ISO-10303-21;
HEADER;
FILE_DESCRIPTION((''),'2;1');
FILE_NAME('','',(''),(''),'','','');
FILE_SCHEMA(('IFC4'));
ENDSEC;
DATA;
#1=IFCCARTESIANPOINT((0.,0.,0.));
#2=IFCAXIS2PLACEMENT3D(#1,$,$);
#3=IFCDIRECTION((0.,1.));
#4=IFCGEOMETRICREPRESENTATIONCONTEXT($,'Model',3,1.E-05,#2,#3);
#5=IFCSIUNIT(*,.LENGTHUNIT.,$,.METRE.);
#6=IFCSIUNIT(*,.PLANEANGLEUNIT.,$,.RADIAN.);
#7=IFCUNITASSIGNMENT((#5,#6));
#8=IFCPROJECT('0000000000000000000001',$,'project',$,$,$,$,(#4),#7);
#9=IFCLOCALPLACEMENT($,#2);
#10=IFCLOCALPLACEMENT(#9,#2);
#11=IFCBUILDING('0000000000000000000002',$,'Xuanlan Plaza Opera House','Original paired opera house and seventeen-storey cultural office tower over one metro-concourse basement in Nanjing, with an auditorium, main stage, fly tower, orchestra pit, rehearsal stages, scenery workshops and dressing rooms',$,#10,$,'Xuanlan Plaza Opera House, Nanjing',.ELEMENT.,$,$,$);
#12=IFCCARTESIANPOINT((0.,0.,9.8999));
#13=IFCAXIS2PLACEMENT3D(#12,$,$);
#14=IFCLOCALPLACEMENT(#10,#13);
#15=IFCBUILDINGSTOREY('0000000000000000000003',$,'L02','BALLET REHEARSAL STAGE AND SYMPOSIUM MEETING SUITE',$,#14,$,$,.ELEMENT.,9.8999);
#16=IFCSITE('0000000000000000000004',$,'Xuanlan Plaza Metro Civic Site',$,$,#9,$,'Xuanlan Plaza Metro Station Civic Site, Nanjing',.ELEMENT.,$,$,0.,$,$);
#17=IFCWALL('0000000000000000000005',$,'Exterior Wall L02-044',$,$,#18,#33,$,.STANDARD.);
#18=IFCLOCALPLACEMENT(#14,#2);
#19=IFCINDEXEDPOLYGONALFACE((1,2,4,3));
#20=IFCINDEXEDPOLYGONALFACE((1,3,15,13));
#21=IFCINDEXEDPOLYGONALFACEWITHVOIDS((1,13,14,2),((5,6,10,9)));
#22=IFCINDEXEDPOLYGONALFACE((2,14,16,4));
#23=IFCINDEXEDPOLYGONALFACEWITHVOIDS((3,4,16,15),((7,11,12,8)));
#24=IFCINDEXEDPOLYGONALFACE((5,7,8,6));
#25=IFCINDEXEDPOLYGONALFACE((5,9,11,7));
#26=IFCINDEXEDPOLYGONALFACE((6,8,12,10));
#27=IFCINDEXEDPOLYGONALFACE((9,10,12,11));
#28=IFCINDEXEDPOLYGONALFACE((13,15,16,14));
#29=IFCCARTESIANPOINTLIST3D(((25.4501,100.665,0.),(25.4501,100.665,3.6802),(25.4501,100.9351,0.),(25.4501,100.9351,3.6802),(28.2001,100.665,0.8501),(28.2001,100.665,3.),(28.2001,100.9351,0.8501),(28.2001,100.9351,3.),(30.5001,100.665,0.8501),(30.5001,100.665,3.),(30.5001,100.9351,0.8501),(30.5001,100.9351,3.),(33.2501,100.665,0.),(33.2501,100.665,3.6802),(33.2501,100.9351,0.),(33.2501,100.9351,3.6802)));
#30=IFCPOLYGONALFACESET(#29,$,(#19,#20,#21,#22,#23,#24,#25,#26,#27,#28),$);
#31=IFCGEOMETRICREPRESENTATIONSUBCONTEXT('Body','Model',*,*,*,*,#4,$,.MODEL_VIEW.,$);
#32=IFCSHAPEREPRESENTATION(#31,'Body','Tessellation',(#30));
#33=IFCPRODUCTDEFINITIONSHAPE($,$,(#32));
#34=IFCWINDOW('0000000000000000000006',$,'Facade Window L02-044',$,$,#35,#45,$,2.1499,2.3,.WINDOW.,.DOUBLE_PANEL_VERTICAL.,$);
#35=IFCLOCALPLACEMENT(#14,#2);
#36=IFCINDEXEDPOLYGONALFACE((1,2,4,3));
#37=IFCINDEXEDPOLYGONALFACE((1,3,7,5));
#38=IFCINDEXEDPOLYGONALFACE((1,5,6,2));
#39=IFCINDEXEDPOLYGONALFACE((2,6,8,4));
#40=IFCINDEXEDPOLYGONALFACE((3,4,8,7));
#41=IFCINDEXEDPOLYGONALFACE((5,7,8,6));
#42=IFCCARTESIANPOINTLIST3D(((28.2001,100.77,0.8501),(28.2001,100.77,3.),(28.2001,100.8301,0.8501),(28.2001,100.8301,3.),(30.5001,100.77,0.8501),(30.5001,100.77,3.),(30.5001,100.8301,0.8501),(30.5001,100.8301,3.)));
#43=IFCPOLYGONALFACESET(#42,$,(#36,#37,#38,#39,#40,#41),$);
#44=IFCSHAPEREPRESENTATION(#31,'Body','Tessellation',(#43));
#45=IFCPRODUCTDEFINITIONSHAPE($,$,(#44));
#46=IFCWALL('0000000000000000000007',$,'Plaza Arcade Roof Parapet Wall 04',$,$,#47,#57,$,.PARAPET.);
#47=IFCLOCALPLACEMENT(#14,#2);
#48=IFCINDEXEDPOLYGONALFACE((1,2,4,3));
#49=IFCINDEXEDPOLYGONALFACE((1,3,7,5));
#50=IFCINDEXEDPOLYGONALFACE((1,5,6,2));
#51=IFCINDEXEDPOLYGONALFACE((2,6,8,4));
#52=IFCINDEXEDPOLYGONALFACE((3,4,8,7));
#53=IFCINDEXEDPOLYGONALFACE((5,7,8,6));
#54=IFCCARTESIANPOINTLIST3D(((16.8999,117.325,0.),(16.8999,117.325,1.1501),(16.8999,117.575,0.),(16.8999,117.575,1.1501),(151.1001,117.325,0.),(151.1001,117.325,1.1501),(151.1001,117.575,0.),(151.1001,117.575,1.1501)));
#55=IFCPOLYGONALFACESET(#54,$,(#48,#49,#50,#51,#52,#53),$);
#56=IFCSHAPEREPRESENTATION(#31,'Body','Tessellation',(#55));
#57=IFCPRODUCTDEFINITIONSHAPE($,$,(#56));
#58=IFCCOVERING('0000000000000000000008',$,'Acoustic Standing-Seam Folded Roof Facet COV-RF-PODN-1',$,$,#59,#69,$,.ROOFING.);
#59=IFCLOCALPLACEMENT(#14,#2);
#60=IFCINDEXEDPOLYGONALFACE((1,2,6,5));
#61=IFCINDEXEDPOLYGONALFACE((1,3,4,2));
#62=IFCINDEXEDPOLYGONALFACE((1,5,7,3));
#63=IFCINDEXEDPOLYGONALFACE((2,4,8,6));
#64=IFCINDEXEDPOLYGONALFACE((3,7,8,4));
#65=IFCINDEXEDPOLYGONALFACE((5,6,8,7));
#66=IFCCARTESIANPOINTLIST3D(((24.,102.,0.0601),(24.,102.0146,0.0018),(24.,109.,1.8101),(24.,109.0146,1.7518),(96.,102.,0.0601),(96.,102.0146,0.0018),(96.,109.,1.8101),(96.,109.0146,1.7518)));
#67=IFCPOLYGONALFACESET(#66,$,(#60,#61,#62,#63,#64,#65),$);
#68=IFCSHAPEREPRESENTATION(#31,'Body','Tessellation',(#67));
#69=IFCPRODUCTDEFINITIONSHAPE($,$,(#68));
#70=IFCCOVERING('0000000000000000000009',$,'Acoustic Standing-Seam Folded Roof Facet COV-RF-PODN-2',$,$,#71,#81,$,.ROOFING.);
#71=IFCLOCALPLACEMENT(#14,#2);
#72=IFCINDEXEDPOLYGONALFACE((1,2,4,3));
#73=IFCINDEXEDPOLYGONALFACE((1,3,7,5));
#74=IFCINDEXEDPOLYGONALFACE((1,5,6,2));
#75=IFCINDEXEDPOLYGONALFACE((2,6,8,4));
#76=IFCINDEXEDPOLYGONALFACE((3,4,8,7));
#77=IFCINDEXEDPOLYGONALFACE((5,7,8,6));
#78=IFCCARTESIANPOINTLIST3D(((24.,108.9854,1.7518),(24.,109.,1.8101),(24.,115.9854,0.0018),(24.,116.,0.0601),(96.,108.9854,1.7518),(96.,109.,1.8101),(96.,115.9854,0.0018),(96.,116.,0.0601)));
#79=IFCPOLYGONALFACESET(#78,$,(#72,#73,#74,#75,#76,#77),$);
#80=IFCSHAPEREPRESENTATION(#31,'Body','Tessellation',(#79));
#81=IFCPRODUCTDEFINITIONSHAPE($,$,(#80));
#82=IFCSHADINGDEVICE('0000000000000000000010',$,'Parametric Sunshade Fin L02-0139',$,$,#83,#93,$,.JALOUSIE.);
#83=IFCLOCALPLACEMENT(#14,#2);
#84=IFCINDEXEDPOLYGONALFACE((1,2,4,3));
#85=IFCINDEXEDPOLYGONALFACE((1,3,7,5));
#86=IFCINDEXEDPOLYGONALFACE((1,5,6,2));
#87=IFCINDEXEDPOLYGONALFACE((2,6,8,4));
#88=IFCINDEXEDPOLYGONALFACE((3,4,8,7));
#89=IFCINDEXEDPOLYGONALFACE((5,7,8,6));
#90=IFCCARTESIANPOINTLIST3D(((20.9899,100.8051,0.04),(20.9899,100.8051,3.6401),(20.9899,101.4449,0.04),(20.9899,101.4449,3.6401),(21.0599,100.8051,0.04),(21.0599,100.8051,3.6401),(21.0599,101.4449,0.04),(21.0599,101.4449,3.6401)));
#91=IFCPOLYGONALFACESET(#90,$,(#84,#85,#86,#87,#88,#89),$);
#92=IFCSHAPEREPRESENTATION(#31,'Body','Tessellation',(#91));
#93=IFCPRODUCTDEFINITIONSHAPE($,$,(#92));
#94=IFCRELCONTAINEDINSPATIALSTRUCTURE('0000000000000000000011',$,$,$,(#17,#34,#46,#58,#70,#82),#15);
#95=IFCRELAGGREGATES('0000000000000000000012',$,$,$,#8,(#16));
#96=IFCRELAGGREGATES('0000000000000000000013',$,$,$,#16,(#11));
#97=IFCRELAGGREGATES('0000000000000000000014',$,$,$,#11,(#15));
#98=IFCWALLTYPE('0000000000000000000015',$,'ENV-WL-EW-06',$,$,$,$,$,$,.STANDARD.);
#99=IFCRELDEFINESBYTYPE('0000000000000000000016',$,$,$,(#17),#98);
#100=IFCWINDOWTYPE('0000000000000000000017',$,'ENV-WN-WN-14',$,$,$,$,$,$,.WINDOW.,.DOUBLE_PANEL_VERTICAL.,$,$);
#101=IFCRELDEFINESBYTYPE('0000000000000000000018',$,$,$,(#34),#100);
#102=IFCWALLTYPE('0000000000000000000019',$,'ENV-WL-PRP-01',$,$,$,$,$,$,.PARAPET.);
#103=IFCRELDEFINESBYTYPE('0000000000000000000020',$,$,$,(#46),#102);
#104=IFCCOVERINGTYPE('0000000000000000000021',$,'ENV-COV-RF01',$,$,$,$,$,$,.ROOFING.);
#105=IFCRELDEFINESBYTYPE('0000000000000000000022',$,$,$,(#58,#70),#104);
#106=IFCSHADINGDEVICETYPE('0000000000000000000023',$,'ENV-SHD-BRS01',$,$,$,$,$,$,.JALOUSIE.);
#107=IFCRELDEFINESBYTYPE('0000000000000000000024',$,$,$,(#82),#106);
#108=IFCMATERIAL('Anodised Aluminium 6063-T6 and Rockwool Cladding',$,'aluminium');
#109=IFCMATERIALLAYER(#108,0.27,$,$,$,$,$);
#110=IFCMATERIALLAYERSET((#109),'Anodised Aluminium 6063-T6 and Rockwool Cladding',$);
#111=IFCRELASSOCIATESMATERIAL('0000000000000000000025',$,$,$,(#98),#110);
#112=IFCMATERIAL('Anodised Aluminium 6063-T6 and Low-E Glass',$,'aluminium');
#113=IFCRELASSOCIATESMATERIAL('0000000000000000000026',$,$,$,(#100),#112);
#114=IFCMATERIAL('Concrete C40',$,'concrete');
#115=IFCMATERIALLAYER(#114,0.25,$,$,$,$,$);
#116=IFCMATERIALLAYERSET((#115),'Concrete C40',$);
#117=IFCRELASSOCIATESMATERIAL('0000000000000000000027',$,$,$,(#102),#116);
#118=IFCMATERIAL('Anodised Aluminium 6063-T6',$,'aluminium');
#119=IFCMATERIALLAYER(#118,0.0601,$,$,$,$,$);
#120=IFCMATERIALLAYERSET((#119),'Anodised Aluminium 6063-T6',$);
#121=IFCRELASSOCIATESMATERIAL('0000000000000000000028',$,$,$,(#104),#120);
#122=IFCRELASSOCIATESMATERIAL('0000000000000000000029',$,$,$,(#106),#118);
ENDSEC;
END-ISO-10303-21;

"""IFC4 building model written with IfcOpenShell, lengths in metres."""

from ifc_helpers import new_model, si_unit, direction, frame, frame_2d, origin, origin_2d, place, context, subcontext, project, spatial, polyline, rectangle, outline, extrude, material, layer, layer_set, type_object, element, fill, save


model = new_model("IFC4")

# Units and contexts
model_context = context("Model", 3, precision=1e-05, world=origin(), true_north=direction((0.0, 1.0)))
body_context = subcontext(model_context, "Body", "Model", "MODEL_VIEW")
ifc_project = project(units=[si_unit("LENGTHUNIT", "METRE"), si_unit("PLANEANGLEUNIT", "RADIAN")], contexts=[model_context])

# Site, building, storey
site_placement = place(None, origin())
site = spatial("IfcSite", under=ifc_project, at=site_placement, Name="Xuanlan Plaza Metro Civic Site", LongName="Xuanlan Plaza Metro Station Civic Site, Nanjing", CompositionType="ELEMENT", RefElevation=0.0)
building_placement = place(site_placement, origin())
building = spatial("IfcBuilding", under=site, at=building_placement, Name="Xuanlan Plaza Opera House", Description="Original paired opera house and seventeen-storey cultural office tower over one metro-concourse basement in Nanjing, with an auditorium, main stage, fly tower, orchestra pit, rehearsal stages, scenery workshops and dressing rooms", LongName="Xuanlan Plaza Opera House, Nanjing", CompositionType="ELEMENT")
storey_placement = place(building_placement, frame((0.0, 0.0, 9.8999)))
storey = spatial("IfcBuildingStorey", under=building, at=storey_placement, Name="L02", Description="BALLET REHEARSAL STAGE AND SYMPOSIUM MEETING SUITE", CompositionType="ELEMENT", Elevation=9.8999)

# Shared definitions
ifc_material_1 = material(Name="Concrete C40", Category="concrete")

# Shared definitions
ifc_material_2 = material(Name="Anodised Aluminium 6063-T6 and Low-E Glass", Category="aluminium")
ifc_material_3 = material(Name="Anodised Aluminium 6063-T6", Category="aluminium")

# Wall, opening, window
ifc_material_4 = material(Name="Anodised Aluminium 6063-T6 and Rockwool Cladding", Category="aluminium")
ifc_layer_1 = layer(ifc_material_4, 0.27)
ifc_layer_set_1 = layer_set([ifc_layer_1], Name="Anodised Aluminium 6063-T6 and Rockwool Cladding")
wall_type_1 = type_object("IfcWallType", Name="ENV-WL-EW-06", PredefinedType="STANDARD", material=ifc_layer_set_1)
wall_1_placement = place(storey_placement, frame((33.25, 100.8, 0.0), z_axis=(0.0, 0.0, 1.0), x_axis=(-1.0, 0.0, 0.0)))
wall_1 = element("IfcWall", 1, at=wall_1_placement, inside=storey, type_object=wall_type_1, Name="Exterior Wall L02-044", PredefinedType="STANDARD", context=body_context, shape_type="SweptSolid", body=[
    extrude(rectangle(XDim=7.8, YDim=0.27, at=frame_2d((3.8999, 0.0))), origin(), (0.0, 0.0, 1.0), 3.6802),
])
opening_1_placement = place(wall_1_placement, frame((2.75, 0.0, 0.8501)))
opening_1 = element("IfcOpeningElement", 2, at=opening_1_placement, cuts=wall_1, PredefinedType="OPENING", context=body_context, shape_type="SweptSolid", body=[
    extrude(rectangle(XDim=2.3, YDim=2.1499, at=frame_2d((1.1499, 1.075))), frame((0.0, 0.145, 0.0), z_axis=(0.0, -1.0, 0.0), x_axis=(1.0, 0.0, 0.0)), (0.0, 0.0, 1.0), 0.29),
])
window_type_1 = type_object("IfcWindowType", Name="ENV-WN-WN-14", PartitioningType="DOUBLE_PANEL_VERTICAL", PredefinedType="WINDOW", material=ifc_material_2)
window_1_placement = place(opening_1_placement, origin())
window_1 = element("IfcWindow", 3, at=window_1_placement, inside=storey, type_object=window_type_1, Name="Facade Window L02-044", OverallHeight=2.1499, OverallWidth=2.3, PartitioningType="DOUBLE_PANEL_VERTICAL", PredefinedType="WINDOW", context=body_context, shape_type="SweptSolid", body=[
    extrude(rectangle(XDim=2.3, YDim=2.1499, at=frame_2d((1.1499, 1.075))), frame((0.0, 0.03, 0.0), z_axis=(0.0, -1.0, 0.0), x_axis=(1.0, 0.0, 0.0)), (0.0, 0.0, 1.0), 0.0601),
])
fill(opening_1, window_1)

# Wall
ifc_layer_2 = layer(ifc_material_1, 0.25)
ifc_layer_set_2 = layer_set([ifc_layer_2], Name="Concrete C40")
wall_type_2 = type_object("IfcWallType", Name="ENV-WL-PRP-01", PredefinedType="PARAPET", material=ifc_layer_set_2)
wall_2_placement = place(storey_placement, frame((16.8999, 117.45, 0.0), z_axis=(0.0, 0.0, 1.0), x_axis=(1.0, 0.0, 0.0)))
element("IfcWall", 4, at=wall_2_placement, inside=storey, type_object=wall_type_2, Name="Plaza Arcade Roof Parapet Wall 04", PredefinedType="PARAPET", context=body_context, shape_type="SweptSolid", body=[
    extrude(rectangle(XDim=134.2002, YDim=0.25, at=frame_2d((67.1001, 0.0))), origin(), (0.0, 0.0, 1.0), 1.1501),
])

# Coverings
ifc_layer_3 = layer(ifc_material_3, 0.0601)
ifc_layer_set_3 = layer_set([ifc_layer_3], Name="Anodised Aluminium 6063-T6")
covering_type = type_object("IfcCoveringType", Name="ENV-COV-RF01", PredefinedType="ROOFING", material=ifc_layer_set_3)
for number, where, z_axis, x_axis, name in (
    (5, (24.0, 102.0, 0.0601), (0.0, -0.242536, 0.970143), (1.0, 0.0, 0.0), "Acoustic Standing-Seam Folded Roof Facet COV-RF-PODN-1"),
    (6, (24.0, 109.0, 1.8101), (0.0, 0.242536, 0.970143), (1.0, 0.0, 0.0), "Acoustic Standing-Seam Folded Roof Facet COV-RF-PODN-2"),
):
    element("IfcCovering", number, at=place(storey_placement, frame(where, z_axis=z_axis, x_axis=x_axis)), inside=storey, type_object=covering_type, Name=name, PredefinedType="ROOFING", context=body_context, shape_type="SweptSolid", body=[
        extrude(outline(polyline([(0.0, 0.0), (72.0, 0.0), (72.0, 7.2154), (0.0, 7.2154), (0.0, 0.0)])), origin(), (0.0, 0.0, -1.0), 0.0601),
    ])

# Shading device
shading_device_type = type_object("IfcShadingDeviceType", Name="ENV-SHD-BRS01", PredefinedType="JALOUSIE", material=ifc_material_3)
shading_device_placement = place(storey_placement, frame((21.0249, 101.125, 0.04), z_axis=(0.0, 0.0, 1.0), x_axis=(0.0, 1.0, 0.0)))
element("IfcShadingDevice", 7, at=shading_device_placement, inside=storey, type_object=shading_device_type, Name="Parametric Sunshade Fin L02-0139", PredefinedType="JALOUSIE", context=body_context, shape_type="SweptSolid", body=[
    extrude(rectangle(XDim=0.6399, YDim=0.0701, at=origin_2d()), origin(), (0.0, 0.0, 1.0), 3.6001),
])

save(model, "model.ifc")
